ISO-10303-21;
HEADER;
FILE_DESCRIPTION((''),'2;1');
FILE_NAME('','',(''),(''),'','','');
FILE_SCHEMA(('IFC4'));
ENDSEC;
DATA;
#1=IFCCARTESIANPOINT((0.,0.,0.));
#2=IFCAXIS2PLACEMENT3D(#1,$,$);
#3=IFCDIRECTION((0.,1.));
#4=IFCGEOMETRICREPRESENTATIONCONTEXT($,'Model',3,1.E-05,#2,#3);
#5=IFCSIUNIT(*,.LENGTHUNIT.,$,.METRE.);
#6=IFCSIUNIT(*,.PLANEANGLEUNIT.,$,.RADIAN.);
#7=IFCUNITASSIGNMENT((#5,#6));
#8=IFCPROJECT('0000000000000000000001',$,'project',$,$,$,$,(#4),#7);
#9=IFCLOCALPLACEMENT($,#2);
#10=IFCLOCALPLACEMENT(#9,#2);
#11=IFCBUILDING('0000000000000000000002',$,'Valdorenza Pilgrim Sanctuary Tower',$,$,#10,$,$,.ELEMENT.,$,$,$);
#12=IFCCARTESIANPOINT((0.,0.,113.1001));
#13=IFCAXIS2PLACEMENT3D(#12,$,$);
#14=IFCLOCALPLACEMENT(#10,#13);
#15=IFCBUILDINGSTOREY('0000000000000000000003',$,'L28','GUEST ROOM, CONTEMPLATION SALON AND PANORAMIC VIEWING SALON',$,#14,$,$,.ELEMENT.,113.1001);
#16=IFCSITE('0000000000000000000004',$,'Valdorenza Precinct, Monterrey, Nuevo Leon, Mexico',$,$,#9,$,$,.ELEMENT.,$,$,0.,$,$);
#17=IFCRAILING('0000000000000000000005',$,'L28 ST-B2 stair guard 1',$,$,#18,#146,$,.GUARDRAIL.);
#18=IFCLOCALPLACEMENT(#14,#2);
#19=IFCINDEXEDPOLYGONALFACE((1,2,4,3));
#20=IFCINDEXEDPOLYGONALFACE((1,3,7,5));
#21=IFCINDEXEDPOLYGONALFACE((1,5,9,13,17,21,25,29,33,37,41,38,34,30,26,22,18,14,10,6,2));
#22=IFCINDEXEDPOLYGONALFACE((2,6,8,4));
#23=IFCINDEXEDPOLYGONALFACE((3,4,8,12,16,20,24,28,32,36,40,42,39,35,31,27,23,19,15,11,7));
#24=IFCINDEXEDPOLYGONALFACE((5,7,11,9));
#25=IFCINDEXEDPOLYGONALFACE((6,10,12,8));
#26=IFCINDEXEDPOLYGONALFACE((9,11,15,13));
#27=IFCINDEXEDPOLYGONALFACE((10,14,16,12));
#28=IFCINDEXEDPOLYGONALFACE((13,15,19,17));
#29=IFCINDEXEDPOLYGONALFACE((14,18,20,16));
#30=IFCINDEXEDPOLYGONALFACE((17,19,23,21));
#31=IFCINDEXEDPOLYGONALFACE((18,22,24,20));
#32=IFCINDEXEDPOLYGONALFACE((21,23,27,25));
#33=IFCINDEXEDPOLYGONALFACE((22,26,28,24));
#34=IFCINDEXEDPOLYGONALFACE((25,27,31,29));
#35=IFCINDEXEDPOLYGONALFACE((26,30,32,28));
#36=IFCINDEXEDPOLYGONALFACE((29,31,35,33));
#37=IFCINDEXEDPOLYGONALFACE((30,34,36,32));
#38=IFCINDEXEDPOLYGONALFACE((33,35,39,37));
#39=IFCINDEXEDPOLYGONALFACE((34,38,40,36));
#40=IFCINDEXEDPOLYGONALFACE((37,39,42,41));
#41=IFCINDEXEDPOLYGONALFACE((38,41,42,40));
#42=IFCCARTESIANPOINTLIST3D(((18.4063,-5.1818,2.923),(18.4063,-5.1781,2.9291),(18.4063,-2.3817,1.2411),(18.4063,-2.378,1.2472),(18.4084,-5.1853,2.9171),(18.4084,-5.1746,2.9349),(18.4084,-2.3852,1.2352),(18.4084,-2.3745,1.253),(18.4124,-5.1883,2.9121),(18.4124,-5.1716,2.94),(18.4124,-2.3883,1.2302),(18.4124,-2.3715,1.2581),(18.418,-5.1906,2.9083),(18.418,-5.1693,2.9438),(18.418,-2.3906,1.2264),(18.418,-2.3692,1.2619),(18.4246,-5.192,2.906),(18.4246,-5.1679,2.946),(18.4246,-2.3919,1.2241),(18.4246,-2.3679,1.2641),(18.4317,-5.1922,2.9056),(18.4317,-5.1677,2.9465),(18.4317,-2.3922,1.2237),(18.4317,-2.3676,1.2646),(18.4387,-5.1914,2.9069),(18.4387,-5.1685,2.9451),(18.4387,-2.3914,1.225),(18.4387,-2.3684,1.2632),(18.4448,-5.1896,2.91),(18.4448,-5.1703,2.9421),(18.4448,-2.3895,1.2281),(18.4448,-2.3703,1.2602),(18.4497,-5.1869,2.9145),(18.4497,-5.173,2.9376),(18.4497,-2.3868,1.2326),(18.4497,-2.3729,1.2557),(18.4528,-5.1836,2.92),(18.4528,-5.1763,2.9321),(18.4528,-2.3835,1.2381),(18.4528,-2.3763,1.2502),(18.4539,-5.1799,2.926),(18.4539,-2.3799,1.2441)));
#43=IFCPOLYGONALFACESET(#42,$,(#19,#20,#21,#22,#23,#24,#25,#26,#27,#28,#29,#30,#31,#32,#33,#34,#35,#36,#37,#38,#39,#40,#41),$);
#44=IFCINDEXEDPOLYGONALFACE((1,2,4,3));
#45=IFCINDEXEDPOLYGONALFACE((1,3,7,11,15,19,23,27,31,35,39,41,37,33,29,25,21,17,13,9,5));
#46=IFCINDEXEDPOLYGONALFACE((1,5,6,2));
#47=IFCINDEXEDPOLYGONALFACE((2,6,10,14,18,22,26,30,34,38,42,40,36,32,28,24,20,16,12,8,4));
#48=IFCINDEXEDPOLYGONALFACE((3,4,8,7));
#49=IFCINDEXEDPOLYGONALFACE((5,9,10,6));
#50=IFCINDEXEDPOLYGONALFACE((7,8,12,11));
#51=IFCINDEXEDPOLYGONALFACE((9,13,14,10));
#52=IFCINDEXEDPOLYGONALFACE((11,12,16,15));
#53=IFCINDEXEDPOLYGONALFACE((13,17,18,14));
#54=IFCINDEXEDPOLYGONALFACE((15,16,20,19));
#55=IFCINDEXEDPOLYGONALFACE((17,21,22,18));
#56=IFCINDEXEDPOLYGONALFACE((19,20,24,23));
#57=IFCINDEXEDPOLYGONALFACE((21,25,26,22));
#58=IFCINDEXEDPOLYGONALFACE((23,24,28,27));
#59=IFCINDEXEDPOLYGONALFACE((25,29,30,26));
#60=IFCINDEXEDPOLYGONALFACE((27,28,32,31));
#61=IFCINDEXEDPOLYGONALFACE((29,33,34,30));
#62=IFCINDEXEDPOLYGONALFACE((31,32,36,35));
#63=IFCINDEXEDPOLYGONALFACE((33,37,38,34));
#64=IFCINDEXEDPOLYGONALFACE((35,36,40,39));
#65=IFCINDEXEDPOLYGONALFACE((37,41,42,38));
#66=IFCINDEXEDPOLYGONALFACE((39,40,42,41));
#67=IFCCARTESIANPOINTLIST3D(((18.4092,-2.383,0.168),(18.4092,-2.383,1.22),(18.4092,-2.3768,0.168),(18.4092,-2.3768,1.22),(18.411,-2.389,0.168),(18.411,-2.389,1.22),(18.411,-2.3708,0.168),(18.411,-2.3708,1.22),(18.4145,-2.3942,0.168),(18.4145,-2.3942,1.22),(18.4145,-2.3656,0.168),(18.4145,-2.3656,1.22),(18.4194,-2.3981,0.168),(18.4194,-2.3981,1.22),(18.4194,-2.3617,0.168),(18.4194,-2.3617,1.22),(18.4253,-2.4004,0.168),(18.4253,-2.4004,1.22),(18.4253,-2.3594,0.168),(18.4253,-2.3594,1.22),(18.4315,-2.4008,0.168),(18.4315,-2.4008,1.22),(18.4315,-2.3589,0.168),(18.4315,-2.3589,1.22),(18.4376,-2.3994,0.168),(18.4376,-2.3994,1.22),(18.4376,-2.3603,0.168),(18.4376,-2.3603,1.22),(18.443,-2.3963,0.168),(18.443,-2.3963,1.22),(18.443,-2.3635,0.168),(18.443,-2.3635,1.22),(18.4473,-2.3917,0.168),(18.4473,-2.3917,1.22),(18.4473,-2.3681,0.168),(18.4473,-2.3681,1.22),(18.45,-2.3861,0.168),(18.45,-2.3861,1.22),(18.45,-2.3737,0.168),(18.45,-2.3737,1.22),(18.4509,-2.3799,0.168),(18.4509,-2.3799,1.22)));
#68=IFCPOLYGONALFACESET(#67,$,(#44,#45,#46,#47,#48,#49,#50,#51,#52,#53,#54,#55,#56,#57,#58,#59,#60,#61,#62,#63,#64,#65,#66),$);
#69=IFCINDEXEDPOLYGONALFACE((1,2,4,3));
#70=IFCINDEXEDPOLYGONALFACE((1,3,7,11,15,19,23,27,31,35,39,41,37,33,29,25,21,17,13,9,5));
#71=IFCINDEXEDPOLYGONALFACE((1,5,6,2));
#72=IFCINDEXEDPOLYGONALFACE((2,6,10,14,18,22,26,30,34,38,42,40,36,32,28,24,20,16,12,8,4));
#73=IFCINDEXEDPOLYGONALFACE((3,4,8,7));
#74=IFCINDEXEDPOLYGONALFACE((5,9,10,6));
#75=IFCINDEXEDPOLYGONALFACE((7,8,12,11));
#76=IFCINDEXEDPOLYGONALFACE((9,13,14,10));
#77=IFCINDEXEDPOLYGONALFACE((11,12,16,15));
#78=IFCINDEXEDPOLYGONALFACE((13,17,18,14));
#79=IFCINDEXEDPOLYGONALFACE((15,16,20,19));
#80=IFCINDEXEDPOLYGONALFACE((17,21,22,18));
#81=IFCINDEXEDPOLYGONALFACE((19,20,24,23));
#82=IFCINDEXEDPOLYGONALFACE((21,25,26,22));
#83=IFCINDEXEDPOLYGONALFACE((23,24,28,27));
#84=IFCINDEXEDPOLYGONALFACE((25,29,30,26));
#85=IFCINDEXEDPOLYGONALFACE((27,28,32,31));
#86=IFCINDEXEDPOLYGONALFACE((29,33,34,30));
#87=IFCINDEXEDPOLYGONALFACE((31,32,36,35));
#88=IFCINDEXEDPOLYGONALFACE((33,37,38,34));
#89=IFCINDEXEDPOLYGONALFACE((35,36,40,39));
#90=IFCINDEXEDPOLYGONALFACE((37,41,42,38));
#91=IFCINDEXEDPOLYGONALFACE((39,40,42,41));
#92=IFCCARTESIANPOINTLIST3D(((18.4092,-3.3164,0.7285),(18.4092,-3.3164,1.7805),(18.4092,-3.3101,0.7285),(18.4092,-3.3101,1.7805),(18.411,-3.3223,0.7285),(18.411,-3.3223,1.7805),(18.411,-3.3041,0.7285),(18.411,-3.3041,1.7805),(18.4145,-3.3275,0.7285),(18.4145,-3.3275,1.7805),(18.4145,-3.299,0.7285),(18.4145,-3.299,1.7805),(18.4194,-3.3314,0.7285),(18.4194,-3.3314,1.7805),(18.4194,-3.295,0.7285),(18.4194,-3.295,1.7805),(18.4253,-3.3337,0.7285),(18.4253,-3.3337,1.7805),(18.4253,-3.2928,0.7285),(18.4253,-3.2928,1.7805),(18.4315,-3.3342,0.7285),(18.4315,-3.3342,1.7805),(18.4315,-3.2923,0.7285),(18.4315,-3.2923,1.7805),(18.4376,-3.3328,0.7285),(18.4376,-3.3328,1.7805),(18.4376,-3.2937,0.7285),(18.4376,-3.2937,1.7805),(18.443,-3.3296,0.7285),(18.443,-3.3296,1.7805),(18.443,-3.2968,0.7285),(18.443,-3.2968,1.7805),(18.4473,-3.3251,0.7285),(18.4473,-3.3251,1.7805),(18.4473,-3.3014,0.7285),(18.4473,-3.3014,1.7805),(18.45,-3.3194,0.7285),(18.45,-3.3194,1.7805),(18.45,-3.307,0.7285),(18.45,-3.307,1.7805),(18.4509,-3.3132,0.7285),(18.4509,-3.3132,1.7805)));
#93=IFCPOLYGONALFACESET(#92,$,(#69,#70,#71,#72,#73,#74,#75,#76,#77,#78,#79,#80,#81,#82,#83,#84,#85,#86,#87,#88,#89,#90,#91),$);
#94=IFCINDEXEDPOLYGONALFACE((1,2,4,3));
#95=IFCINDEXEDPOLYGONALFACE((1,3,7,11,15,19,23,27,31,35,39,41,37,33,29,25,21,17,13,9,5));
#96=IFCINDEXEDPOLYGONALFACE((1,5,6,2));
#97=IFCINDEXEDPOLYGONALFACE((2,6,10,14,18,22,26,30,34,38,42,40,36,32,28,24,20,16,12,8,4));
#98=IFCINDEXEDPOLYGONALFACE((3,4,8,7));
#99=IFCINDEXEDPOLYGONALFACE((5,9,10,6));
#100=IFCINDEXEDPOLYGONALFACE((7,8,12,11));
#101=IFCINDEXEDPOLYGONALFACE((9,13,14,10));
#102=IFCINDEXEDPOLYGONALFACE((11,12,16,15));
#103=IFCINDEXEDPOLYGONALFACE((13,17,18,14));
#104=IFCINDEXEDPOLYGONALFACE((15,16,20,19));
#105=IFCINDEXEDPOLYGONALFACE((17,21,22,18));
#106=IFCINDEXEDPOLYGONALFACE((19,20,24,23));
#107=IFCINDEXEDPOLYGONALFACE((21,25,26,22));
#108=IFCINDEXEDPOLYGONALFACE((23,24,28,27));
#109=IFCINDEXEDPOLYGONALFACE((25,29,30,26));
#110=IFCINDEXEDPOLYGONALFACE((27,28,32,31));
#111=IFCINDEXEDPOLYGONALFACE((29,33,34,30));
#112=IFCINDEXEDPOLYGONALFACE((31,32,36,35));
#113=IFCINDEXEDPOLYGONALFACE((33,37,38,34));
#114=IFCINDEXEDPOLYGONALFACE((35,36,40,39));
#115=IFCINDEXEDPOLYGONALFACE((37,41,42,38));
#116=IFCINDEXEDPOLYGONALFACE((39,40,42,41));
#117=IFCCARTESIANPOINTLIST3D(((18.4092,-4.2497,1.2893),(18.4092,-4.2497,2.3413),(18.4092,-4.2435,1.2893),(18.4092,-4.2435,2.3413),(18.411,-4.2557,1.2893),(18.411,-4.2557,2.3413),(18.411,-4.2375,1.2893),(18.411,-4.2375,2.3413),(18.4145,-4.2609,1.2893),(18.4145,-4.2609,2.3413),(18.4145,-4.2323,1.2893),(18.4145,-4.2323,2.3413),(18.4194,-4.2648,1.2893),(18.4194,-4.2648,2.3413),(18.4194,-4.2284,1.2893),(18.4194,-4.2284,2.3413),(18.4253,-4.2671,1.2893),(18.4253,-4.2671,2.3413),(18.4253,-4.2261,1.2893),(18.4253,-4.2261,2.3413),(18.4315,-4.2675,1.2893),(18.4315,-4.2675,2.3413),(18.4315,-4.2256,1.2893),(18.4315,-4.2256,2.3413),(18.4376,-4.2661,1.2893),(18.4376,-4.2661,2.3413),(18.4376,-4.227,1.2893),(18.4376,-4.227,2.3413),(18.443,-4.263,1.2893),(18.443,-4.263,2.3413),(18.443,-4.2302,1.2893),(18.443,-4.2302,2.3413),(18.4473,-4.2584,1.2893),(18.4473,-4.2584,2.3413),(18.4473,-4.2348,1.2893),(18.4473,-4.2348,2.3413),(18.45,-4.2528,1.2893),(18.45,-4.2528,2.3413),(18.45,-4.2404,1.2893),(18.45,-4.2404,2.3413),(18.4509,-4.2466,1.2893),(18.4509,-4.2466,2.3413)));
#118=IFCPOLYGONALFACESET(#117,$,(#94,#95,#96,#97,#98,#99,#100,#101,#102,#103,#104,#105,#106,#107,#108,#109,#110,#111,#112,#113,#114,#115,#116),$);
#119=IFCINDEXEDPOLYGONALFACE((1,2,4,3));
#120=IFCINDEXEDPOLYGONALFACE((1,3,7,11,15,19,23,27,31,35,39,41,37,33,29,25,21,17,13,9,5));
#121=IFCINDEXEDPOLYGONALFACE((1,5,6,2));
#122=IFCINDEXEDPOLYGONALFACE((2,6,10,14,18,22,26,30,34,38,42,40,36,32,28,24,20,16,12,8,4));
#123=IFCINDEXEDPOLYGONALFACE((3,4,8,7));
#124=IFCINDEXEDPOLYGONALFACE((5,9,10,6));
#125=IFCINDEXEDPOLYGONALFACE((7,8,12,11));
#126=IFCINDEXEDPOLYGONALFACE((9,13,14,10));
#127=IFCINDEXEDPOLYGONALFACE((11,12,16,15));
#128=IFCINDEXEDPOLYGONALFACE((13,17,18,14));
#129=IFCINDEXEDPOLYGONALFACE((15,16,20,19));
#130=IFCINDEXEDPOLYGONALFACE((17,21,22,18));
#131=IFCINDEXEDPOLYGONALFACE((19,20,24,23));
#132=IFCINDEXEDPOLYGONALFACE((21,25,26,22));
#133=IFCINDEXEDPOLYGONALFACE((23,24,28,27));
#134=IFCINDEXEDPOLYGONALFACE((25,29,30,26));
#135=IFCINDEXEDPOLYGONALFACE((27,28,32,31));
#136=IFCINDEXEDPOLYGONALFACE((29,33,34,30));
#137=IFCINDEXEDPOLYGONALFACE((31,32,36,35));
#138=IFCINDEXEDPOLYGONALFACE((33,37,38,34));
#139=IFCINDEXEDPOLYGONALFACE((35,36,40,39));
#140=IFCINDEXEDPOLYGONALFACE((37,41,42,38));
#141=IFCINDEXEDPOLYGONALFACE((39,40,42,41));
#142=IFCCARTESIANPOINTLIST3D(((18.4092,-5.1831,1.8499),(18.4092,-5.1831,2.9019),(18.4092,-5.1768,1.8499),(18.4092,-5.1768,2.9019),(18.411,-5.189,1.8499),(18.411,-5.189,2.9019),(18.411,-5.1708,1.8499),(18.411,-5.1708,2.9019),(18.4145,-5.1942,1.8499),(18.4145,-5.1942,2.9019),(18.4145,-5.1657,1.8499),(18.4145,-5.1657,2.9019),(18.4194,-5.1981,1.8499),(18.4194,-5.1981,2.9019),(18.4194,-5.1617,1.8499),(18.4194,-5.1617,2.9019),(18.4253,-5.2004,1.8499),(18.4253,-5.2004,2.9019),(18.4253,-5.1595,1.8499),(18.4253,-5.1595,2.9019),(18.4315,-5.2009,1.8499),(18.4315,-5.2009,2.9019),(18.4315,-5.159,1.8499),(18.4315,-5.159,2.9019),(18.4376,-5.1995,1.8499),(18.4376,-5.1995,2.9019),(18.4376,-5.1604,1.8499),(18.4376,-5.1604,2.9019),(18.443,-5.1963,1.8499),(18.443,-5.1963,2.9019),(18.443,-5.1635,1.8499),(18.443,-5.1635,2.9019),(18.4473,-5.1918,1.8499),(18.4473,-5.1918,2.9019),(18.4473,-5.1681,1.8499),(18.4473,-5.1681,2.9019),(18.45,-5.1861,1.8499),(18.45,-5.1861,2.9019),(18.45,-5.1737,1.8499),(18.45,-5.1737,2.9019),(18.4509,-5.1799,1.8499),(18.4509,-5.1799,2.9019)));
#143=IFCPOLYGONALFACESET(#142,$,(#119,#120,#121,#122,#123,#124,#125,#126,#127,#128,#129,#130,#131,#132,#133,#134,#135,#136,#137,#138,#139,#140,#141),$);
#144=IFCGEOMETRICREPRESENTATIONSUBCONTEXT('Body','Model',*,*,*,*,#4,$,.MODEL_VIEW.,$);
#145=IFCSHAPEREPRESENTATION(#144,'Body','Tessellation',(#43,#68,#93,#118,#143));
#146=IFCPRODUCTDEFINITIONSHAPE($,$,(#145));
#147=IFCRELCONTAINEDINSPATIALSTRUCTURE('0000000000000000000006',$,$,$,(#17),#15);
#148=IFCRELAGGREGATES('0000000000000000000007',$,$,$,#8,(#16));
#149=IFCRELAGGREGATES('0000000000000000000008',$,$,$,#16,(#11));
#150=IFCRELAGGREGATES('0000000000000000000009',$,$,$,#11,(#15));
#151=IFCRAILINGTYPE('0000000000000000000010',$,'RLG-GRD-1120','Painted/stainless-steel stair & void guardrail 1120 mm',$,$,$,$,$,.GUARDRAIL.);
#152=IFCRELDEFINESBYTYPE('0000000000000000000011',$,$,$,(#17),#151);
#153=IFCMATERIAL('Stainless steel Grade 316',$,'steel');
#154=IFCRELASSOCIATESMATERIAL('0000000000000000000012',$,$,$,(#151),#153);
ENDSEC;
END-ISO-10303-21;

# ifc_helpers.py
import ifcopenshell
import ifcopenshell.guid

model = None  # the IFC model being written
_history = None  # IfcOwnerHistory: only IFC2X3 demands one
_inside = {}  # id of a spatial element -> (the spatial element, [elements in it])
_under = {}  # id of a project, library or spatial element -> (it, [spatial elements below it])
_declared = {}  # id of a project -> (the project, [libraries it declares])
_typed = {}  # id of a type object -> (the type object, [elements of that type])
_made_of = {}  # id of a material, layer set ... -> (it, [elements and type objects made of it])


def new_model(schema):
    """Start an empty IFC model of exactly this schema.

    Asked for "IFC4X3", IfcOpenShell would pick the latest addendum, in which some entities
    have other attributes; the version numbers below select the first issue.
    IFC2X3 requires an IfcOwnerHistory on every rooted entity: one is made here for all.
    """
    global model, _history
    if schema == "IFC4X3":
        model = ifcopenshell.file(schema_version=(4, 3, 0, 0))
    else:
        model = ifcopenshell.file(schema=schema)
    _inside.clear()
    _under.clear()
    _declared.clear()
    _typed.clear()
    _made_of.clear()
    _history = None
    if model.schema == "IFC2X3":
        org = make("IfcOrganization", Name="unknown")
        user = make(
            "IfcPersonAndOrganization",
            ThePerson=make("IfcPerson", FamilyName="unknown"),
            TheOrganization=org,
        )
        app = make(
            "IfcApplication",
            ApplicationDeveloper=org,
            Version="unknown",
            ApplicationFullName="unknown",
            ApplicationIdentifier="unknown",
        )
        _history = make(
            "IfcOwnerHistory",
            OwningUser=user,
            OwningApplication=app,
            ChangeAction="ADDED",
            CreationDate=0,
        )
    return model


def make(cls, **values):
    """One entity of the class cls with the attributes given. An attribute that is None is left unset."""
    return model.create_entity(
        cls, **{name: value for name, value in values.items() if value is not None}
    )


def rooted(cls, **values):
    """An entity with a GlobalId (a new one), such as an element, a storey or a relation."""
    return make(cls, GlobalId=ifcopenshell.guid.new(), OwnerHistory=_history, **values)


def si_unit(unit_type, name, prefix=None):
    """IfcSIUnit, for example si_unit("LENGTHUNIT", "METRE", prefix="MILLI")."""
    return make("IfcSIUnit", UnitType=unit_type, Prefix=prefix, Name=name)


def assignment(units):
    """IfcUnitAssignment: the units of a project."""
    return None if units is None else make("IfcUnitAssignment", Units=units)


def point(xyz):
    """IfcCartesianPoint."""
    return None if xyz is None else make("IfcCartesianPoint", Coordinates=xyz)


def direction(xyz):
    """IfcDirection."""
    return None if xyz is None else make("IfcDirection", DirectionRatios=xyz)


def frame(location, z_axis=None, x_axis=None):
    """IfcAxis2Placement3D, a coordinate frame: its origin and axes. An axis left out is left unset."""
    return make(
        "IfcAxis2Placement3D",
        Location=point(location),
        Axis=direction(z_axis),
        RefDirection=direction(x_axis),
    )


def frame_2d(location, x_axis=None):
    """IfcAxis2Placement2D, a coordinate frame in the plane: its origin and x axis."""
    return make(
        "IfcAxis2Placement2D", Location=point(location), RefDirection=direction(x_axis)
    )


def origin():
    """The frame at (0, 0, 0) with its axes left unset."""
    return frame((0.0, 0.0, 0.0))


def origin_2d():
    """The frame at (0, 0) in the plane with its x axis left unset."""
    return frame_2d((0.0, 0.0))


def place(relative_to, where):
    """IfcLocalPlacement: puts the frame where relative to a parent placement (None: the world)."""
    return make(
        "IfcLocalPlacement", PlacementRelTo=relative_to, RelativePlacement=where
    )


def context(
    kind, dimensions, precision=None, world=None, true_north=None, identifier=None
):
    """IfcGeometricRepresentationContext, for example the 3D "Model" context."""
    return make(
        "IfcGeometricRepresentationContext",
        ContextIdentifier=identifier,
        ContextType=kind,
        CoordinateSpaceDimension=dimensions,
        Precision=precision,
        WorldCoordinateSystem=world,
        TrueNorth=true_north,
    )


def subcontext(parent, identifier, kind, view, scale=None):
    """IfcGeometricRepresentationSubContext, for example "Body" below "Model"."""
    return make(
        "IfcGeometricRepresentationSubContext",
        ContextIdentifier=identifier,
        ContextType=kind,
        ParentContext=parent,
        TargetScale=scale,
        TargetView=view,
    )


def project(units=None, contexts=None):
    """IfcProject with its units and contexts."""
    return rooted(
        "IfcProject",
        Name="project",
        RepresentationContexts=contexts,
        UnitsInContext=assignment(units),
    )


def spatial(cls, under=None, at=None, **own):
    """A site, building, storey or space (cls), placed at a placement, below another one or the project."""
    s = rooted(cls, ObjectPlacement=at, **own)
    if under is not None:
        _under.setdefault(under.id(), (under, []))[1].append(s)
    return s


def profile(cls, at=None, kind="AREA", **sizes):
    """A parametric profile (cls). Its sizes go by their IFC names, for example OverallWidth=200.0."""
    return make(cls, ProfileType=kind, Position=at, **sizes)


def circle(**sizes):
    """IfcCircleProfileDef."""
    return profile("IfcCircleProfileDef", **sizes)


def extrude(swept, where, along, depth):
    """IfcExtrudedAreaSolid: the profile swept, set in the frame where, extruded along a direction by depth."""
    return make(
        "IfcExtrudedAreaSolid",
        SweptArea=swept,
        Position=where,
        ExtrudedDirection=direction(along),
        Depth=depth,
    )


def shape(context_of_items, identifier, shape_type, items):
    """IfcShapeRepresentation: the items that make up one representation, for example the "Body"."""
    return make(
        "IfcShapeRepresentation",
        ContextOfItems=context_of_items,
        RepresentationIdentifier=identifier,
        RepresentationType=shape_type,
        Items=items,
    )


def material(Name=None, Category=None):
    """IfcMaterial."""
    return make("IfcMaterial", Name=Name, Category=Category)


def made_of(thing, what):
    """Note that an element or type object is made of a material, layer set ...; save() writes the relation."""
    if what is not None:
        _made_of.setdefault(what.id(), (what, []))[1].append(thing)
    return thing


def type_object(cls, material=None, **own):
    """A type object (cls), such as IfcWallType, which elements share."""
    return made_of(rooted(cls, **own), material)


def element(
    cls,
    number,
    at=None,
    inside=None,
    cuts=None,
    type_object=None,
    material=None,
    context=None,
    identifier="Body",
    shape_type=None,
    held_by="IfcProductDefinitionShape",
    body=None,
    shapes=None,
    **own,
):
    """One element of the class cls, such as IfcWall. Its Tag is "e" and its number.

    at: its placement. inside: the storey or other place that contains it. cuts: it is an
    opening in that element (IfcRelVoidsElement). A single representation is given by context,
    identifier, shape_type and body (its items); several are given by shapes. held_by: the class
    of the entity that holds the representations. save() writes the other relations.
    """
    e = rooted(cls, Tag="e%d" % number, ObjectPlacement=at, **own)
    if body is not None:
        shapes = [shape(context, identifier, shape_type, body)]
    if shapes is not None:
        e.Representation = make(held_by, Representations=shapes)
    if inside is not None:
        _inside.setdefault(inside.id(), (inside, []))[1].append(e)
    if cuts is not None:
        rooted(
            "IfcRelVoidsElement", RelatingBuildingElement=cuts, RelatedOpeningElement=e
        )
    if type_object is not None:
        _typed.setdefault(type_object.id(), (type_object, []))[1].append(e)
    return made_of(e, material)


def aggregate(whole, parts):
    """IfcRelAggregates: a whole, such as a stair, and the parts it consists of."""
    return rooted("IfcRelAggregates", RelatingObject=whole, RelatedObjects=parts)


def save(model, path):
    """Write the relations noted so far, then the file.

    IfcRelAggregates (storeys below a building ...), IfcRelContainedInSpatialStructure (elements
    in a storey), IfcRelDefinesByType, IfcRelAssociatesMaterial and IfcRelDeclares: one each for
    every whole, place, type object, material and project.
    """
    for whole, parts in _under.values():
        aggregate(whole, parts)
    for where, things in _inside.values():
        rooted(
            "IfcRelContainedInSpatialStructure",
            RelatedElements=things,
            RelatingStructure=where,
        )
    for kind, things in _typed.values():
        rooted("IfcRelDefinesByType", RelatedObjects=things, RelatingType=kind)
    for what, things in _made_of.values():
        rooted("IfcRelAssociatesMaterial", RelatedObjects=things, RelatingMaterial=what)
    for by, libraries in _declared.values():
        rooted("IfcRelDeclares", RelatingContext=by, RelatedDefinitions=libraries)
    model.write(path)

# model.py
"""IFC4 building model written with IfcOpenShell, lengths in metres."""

from ifc_helpers import new_model, si_unit, direction, frame, origin, origin_2d, place, context, subcontext, project, spatial, circle, extrude, material, type_object, element, save


model = new_model("IFC4")

# Units and contexts
model_context = context("Model", 3, precision=1e-05, world=origin(), true_north=direction((0.0, 1.0)))
body_context = subcontext(model_context, "Body", "Model", "MODEL_VIEW")
ifc_project = project(units=[si_unit("LENGTHUNIT", "METRE"), si_unit("PLANEANGLEUNIT", "RADIAN")], contexts=[model_context])

# Site, building, storey
site_placement = place(None, origin())
site = spatial("IfcSite", under=ifc_project, at=site_placement, Name="Valdorenza Precinct, Monterrey, Nuevo Leon, Mexico", CompositionType="ELEMENT", RefElevation=0.0)
building_placement = place(site_placement, origin())
building = spatial("IfcBuilding", under=site, at=building_placement, Name="Valdorenza Pilgrim Sanctuary Tower", CompositionType="ELEMENT")
storey_placement = place(building_placement, frame((0.0, 0.0, 113.1001)))
storey = spatial("IfcBuildingStorey", under=building, at=storey_placement, Name="L28", Description="GUEST ROOM, CONTEMPLATION SALON AND PANORAMIC VIEWING SALON", CompositionType="ELEMENT", Elevation=113.1001)

# Railing
ifc_material_1 = material(Name="Stainless steel Grade 316", Category="steel")
railing_type_1 = type_object("IfcRailingType", Name="RLG-GRD-1120", Description="Painted/stainless-steel stair & void guardrail 1120 mm", PredefinedType="GUARDRAIL", material=ifc_material_1)
railing_1_placement = place(storey_placement, frame((18.4299, -2.3799, 0.168)))
element("IfcRailing", 1, at=railing_1_placement, inside=storey, type_object=railing_type_1, Name="L28 ST-B2 stair guard 1", PredefinedType="GUARDRAIL", context=body_context, shape_type="SweptSolid", body=[
    extrude(circle(Radius=0.0239, at=origin_2d()), frame((0.0, 0.0, 1.0762), z_axis=(0.0, -0.857242, 0.514913), x_axis=(1.0, 0.0, 0.0)), (0.0, 0.0, 1.0), 3.2664),
    extrude(circle(Radius=0.021, at=origin_2d()), origin(), (0.0, 0.0, 1.0), 1.052),
    extrude(circle(Radius=0.021, at=origin_2d()), frame((0.0, -0.9333, 0.5605)), (0.0, 0.0, 1.0), 1.052),
    extrude(circle(Radius=0.021, at=origin_2d()), frame((0.0, -1.8667, 1.1213)), (0.0, 0.0, 1.0), 1.052),
    extrude(circle(Radius=0.021, at=origin_2d()), frame((0.0, -2.8, 1.6819)), (0.0, 0.0, 1.0), 1.052),
])

save(model, "model.ifc")
